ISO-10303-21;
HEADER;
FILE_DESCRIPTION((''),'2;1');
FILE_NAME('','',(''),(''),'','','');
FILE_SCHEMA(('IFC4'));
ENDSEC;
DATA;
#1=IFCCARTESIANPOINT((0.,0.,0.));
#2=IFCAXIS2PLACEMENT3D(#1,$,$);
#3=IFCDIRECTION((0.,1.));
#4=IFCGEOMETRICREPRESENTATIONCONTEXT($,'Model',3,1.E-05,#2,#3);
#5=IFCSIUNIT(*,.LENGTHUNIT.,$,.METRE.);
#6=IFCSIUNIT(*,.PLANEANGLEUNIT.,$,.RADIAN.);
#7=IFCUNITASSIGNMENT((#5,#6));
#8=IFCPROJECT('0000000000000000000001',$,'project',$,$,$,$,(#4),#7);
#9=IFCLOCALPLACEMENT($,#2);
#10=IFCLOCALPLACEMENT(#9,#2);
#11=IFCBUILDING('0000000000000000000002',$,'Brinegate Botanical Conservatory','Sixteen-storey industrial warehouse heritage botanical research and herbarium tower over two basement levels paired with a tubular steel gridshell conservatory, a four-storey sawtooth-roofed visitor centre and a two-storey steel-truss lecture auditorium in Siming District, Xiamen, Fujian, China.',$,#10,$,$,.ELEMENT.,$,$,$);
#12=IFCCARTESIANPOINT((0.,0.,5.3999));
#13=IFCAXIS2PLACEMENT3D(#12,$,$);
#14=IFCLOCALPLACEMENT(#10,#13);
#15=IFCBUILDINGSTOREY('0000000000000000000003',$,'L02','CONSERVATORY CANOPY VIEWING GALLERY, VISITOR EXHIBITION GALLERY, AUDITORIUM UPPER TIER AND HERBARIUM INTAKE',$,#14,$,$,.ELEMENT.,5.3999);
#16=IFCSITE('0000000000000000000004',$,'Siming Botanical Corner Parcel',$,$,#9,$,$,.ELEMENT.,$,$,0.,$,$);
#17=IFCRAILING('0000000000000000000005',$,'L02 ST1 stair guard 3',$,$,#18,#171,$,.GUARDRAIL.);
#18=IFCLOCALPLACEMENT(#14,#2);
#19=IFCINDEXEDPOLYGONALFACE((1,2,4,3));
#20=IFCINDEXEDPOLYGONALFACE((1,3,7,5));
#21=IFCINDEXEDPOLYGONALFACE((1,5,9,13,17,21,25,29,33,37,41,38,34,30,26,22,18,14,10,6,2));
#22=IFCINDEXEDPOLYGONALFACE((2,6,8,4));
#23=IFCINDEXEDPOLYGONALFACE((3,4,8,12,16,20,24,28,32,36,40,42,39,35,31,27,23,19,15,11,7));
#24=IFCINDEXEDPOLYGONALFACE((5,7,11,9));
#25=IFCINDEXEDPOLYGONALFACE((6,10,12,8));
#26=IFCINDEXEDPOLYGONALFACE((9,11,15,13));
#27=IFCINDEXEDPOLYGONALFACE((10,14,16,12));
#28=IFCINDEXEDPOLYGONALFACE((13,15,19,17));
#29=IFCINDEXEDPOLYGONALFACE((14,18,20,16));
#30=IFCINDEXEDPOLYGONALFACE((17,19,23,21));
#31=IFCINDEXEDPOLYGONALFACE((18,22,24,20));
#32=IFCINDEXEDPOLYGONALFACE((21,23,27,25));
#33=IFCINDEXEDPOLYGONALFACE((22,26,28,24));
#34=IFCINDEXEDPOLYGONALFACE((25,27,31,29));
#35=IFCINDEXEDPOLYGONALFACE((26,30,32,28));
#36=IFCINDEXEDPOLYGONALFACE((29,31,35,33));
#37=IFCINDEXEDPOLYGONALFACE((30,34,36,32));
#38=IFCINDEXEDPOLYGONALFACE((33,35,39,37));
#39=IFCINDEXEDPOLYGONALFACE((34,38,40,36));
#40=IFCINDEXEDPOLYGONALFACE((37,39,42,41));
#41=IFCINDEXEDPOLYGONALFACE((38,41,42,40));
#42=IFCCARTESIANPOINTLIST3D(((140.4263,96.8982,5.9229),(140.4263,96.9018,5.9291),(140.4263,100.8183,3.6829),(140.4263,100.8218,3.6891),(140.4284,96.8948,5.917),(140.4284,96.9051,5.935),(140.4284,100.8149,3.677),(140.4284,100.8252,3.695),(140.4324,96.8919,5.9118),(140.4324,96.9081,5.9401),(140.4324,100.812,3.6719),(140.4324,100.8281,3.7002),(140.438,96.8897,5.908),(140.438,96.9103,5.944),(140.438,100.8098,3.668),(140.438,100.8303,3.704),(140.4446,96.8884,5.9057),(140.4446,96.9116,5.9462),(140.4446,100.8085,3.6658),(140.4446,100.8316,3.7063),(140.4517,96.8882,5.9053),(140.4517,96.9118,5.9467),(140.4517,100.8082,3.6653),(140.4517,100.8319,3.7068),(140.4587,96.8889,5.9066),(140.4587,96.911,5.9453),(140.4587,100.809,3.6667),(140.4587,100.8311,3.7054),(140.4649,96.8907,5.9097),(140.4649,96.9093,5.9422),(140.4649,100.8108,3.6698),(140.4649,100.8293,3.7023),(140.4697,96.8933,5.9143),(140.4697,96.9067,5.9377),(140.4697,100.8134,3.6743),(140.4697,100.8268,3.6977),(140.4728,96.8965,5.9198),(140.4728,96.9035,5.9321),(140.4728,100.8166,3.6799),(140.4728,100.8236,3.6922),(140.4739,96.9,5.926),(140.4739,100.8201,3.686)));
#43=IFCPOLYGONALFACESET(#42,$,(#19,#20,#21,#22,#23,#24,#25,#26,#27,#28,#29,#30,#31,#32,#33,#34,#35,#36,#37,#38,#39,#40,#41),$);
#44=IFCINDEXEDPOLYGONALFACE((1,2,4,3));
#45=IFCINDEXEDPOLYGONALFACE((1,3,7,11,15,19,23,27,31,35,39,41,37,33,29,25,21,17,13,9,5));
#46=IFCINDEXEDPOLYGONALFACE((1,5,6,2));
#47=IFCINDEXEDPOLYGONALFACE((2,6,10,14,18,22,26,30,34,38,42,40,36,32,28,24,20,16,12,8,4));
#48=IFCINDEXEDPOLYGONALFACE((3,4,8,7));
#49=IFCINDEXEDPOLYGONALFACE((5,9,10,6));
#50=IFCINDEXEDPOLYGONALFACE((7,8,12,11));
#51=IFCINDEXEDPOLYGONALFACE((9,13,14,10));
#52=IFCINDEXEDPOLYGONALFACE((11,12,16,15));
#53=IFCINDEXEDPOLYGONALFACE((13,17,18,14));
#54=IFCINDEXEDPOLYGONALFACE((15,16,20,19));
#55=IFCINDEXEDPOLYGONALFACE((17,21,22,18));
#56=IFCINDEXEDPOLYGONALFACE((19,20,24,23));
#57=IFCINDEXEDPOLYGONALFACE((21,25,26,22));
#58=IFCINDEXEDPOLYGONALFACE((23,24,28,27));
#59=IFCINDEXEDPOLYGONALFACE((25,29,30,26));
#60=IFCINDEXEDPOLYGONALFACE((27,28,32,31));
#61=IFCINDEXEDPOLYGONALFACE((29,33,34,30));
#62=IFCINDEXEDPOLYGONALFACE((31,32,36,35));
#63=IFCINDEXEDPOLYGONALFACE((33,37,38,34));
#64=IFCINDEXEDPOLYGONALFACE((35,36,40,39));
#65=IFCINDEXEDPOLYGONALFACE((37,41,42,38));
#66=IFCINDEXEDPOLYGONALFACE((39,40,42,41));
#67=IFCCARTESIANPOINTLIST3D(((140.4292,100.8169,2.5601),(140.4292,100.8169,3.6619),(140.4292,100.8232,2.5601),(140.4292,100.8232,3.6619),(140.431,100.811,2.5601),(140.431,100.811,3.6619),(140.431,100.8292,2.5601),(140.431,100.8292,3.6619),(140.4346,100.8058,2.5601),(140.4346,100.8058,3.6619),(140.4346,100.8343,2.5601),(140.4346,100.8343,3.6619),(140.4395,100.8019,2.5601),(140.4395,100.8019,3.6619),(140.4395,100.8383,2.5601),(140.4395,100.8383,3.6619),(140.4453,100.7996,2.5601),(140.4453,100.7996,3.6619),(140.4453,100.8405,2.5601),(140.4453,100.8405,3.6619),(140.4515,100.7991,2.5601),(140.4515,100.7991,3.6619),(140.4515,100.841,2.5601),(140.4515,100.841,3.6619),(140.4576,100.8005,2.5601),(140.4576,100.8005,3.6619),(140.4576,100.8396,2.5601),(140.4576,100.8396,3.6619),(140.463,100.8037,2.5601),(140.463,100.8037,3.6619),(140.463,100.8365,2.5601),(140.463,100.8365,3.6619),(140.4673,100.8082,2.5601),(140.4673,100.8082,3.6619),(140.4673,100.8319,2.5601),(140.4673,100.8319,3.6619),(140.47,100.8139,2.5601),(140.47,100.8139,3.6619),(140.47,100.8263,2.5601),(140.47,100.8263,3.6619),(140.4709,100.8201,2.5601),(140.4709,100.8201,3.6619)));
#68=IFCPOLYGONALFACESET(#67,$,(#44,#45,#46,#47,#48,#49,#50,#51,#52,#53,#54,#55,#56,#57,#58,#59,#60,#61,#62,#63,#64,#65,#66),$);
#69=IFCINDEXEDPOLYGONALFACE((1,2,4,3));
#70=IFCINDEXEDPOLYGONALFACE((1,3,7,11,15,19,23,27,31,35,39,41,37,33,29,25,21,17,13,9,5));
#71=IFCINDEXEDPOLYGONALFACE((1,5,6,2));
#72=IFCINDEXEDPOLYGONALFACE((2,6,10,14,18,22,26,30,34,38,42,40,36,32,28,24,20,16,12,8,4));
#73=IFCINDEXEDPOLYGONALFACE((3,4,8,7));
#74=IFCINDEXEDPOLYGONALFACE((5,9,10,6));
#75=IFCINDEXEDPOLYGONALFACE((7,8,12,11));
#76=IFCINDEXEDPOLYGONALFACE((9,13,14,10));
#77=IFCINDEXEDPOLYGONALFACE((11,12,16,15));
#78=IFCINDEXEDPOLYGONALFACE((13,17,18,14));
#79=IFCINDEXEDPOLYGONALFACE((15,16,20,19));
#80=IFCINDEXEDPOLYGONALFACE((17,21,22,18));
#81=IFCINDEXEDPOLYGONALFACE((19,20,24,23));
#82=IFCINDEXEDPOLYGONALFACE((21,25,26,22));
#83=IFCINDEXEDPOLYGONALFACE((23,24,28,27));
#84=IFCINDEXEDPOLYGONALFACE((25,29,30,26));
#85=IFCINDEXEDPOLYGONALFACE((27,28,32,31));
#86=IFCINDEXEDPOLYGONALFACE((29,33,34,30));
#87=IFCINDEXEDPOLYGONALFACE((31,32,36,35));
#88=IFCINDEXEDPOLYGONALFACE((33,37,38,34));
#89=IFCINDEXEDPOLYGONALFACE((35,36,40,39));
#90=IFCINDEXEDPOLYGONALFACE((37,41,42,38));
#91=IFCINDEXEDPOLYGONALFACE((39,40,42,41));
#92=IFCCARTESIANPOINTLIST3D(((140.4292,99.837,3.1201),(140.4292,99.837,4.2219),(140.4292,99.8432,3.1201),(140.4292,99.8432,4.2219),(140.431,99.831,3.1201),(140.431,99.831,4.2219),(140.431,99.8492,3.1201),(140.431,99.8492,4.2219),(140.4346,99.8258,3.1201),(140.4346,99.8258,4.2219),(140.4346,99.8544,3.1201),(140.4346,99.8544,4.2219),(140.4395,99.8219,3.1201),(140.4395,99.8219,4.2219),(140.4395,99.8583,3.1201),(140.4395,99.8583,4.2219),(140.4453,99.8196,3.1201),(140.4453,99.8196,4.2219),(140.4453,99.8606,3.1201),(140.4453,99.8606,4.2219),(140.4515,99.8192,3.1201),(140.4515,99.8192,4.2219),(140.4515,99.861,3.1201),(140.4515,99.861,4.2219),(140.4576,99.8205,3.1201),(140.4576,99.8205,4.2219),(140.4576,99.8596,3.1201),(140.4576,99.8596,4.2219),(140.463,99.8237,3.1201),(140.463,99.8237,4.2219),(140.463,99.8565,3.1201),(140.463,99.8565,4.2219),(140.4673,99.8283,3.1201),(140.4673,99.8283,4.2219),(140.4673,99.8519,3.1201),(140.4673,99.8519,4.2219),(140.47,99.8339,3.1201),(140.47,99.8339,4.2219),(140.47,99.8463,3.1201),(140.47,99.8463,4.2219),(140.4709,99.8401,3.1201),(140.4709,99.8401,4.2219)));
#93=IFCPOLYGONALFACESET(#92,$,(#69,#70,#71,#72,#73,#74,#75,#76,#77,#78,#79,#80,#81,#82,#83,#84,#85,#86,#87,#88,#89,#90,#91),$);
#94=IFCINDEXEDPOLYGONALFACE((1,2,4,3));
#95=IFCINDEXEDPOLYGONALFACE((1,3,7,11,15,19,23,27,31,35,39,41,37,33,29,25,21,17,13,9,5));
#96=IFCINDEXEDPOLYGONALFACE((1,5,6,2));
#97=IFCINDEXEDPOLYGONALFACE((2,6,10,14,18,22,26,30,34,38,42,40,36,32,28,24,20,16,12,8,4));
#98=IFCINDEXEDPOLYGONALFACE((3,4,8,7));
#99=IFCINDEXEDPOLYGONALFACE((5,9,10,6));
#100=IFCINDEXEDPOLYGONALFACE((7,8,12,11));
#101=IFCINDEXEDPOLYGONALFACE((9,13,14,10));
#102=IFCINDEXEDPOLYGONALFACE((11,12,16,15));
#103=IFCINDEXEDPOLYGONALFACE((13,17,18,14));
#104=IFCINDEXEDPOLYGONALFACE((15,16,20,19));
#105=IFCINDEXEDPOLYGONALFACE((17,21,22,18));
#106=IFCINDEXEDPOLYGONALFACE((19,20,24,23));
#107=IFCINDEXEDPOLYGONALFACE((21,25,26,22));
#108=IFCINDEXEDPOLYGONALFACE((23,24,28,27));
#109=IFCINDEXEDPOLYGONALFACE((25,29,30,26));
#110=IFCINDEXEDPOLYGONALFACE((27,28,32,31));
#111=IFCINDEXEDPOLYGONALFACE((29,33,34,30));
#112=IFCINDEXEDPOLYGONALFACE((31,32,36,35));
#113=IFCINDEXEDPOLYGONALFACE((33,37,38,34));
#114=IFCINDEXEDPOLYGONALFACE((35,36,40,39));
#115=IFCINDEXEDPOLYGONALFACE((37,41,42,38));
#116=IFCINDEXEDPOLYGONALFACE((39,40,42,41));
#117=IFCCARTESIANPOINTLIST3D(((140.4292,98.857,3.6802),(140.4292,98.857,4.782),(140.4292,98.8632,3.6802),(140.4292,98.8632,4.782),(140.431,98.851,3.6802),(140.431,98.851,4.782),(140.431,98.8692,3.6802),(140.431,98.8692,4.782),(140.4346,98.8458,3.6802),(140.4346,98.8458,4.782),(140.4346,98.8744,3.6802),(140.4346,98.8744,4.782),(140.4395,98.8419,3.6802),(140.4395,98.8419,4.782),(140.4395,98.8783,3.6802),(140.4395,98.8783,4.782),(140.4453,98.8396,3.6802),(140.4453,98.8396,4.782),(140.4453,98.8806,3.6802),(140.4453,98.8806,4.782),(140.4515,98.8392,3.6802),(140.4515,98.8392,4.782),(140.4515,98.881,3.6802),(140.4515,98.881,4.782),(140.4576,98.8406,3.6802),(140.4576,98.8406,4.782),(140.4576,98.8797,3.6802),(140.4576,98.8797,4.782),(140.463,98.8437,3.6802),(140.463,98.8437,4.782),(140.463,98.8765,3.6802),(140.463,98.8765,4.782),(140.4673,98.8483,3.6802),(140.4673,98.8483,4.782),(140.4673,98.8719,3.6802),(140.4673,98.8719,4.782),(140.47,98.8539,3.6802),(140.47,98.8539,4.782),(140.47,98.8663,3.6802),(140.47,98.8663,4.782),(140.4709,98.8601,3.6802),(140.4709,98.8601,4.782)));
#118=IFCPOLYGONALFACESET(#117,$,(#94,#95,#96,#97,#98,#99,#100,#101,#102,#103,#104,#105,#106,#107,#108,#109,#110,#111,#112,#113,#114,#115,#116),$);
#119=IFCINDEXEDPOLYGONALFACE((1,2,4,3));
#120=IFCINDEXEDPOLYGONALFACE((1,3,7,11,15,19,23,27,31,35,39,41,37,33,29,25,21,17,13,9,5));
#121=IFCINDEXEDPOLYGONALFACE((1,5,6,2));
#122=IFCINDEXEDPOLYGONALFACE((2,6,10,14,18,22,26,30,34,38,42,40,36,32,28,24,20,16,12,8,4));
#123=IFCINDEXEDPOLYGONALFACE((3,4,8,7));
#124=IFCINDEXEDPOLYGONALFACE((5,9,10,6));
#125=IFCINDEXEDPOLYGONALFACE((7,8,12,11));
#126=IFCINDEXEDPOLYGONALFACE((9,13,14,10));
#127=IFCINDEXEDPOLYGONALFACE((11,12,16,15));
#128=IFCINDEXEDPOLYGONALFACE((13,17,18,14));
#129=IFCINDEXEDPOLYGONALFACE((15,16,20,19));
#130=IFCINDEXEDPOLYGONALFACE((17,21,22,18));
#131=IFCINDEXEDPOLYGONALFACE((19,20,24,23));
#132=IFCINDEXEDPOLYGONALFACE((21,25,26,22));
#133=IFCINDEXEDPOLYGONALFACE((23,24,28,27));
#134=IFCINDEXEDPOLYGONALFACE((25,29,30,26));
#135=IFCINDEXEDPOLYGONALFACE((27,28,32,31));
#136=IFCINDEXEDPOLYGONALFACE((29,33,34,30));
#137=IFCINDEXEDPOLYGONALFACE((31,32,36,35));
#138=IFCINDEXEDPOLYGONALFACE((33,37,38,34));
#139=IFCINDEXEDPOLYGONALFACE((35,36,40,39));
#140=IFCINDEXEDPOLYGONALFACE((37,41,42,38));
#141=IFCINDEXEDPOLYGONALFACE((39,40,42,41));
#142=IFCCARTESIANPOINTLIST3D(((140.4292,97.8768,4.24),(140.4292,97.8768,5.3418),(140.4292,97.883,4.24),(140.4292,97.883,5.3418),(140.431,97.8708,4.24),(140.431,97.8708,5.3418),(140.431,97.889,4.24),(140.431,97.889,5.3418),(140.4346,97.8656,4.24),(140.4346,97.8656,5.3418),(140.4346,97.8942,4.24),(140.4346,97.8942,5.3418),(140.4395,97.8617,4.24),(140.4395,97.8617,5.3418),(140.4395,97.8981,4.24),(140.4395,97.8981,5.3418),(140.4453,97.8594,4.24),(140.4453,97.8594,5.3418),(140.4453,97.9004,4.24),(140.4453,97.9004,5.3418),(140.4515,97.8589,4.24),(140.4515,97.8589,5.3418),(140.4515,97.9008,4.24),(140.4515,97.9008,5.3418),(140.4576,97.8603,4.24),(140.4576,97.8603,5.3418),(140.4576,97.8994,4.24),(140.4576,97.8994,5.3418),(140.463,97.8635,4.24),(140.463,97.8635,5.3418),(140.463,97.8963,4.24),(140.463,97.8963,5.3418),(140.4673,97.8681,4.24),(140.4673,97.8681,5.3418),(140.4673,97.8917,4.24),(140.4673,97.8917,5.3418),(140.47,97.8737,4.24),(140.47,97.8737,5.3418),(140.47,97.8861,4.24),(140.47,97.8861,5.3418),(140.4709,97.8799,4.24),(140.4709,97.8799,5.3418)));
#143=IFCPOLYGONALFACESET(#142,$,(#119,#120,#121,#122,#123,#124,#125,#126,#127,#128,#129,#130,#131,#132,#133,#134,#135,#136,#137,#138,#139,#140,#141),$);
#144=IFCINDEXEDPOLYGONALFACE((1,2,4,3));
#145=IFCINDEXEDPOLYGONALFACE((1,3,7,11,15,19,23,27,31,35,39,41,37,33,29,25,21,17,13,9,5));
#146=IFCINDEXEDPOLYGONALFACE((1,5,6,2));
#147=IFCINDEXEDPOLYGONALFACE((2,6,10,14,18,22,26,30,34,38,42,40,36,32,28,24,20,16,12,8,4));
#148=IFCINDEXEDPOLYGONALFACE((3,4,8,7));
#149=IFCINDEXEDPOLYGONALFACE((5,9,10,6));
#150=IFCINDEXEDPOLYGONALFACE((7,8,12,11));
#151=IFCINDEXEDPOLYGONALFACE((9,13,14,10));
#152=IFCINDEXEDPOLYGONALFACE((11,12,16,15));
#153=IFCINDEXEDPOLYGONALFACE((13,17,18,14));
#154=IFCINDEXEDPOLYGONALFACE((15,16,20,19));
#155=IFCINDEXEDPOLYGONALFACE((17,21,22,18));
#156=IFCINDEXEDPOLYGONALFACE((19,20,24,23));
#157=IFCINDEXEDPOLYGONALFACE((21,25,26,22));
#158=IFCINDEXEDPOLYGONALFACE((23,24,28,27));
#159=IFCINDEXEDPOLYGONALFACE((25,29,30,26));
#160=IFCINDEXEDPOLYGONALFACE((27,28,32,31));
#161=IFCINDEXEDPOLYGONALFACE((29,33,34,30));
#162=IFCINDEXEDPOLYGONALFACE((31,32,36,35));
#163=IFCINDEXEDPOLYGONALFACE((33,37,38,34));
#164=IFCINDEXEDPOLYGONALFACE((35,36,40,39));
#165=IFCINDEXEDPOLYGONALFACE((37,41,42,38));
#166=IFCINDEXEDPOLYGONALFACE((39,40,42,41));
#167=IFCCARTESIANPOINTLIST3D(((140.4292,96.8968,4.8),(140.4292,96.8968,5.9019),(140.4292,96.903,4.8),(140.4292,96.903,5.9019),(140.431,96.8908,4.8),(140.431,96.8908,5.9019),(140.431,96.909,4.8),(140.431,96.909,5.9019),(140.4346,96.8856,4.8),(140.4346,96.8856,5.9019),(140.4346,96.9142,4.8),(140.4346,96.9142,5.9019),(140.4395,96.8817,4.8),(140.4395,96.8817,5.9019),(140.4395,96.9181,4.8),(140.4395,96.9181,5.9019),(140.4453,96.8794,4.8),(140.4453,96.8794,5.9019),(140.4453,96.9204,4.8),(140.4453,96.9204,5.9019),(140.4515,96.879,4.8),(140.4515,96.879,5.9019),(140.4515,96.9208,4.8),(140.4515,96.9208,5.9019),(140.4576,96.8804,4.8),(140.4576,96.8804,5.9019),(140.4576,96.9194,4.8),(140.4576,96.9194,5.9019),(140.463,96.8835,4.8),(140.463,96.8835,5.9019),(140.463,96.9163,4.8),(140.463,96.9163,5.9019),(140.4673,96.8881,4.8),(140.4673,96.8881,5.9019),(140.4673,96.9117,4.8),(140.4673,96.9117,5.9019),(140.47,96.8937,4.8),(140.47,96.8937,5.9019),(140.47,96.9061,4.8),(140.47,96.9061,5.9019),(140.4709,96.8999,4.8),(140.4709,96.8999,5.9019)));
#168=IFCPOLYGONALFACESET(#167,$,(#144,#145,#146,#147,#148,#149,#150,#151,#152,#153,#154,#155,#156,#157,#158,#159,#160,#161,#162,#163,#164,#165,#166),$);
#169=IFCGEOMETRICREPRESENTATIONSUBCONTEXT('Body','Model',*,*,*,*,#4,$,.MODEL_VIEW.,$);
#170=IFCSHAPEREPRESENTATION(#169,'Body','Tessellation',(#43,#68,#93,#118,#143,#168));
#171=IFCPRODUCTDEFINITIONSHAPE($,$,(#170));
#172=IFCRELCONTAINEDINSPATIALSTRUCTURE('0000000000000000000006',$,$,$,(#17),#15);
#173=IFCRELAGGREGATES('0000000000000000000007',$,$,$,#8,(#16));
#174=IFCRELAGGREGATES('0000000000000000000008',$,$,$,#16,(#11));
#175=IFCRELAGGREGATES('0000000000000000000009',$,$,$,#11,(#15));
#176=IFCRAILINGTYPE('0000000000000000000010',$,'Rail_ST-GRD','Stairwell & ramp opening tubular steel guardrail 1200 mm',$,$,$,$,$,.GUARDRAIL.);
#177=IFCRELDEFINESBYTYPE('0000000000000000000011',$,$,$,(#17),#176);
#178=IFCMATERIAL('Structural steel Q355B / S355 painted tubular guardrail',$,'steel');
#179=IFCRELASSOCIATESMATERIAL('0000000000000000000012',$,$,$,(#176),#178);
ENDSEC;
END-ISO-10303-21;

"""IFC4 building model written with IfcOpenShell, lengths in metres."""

from ifc_helpers import new_model, si_unit, direction, frame, origin, origin_2d, place, context, subcontext, project, spatial, circle, extrude, material, type_object, element, save


model = new_model("IFC4")

# Units and contexts
model_context = context("Model", 3, precision=1e-05, world=origin(), true_north=direction((0.0, 1.0)))
body_context = subcontext(model_context, "Body", "Model", "MODEL_VIEW")
ifc_project = project(units=[si_unit("LENGTHUNIT", "METRE"), si_unit("PLANEANGLEUNIT", "RADIAN")], contexts=[model_context])

# Site, building, storey
site_placement = place(None, origin())
site = spatial("IfcSite", under=ifc_project, at=site_placement, Name="Siming Botanical Corner Parcel", CompositionType="ELEMENT", RefElevation=0.0)
building_placement = place(site_placement, origin())
building = spatial("IfcBuilding", under=site, at=building_placement, Name="Brinegate Botanical Conservatory", Description="Sixteen-storey industrial warehouse heritage botanical research and herbarium tower over two basement levels paired with a tubular steel gridshell conservatory, a four-storey sawtooth-roofed visitor centre and a two-storey steel-truss lecture auditorium in Siming District, Xiamen, Fujian, China.", CompositionType="ELEMENT")
storey_placement = place(building_placement, frame((0.0, 0.0, 5.3999)))
storey = spatial("IfcBuildingStorey", under=building, at=storey_placement, Name="L02", Description="CONSERVATORY CANOPY VIEWING GALLERY, VISITOR EXHIBITION GALLERY, AUDITORIUM UPPER TIER AND HERBARIUM INTAKE", CompositionType="ELEMENT", Elevation=5.3999)

# Railing
ifc_material_1 = material(Name="Structural steel Q355B / S355 painted tubular guardrail", Category="steel")
railing_type_1 = type_object("IfcRailingType", Name="Rail_ST-GRD", Description="Stairwell & ramp opening tubular steel guardrail 1200 mm", PredefinedType="GUARDRAIL", material=ifc_material_1)
railing_1_placement = place(storey_placement, frame((140.45, 100.8201, 2.5601)))
element("IfcRailing", 1, at=railing_1_placement, inside=storey, type_object=railing_type_1, Name="L02 ST1 stair guard 3", PredefinedType="GUARDRAIL", context=body_context, shape_type="SweptSolid", body=[
    extrude(circle(Radius=0.0239, at=origin_2d()), frame((0.0, 0.0, 1.126), z_axis=(0.0, -0.868253, 0.496121), x_axis=(1.0, 0.0, 0.0)), (0.0, 0.0, 1.0), 4.5149),
    extrude(circle(Radius=0.021, at=origin_2d()), origin(), (0.0, 0.0, 1.0), 1.1018),
    extrude(circle(Radius=0.021, at=origin_2d()), frame((0.0, -0.98, 0.5601)), (0.0, 0.0, 1.0), 1.1018),
    extrude(circle(Radius=0.021, at=origin_2d()), frame((0.0, -1.96, 1.1201)), (0.0, 0.0, 1.0), 1.1018),
    extrude(circle(Radius=0.021, at=origin_2d()), frame((0.0, -2.9402, 1.6799)), (0.0, 0.0, 1.0), 1.1018),
    extrude(circle(Radius=0.021, at=origin_2d()), frame((0.0, -3.9202, 2.24)), (0.0, 0.0, 1.0), 1.1018),
])

save(model, "model.ifc")
